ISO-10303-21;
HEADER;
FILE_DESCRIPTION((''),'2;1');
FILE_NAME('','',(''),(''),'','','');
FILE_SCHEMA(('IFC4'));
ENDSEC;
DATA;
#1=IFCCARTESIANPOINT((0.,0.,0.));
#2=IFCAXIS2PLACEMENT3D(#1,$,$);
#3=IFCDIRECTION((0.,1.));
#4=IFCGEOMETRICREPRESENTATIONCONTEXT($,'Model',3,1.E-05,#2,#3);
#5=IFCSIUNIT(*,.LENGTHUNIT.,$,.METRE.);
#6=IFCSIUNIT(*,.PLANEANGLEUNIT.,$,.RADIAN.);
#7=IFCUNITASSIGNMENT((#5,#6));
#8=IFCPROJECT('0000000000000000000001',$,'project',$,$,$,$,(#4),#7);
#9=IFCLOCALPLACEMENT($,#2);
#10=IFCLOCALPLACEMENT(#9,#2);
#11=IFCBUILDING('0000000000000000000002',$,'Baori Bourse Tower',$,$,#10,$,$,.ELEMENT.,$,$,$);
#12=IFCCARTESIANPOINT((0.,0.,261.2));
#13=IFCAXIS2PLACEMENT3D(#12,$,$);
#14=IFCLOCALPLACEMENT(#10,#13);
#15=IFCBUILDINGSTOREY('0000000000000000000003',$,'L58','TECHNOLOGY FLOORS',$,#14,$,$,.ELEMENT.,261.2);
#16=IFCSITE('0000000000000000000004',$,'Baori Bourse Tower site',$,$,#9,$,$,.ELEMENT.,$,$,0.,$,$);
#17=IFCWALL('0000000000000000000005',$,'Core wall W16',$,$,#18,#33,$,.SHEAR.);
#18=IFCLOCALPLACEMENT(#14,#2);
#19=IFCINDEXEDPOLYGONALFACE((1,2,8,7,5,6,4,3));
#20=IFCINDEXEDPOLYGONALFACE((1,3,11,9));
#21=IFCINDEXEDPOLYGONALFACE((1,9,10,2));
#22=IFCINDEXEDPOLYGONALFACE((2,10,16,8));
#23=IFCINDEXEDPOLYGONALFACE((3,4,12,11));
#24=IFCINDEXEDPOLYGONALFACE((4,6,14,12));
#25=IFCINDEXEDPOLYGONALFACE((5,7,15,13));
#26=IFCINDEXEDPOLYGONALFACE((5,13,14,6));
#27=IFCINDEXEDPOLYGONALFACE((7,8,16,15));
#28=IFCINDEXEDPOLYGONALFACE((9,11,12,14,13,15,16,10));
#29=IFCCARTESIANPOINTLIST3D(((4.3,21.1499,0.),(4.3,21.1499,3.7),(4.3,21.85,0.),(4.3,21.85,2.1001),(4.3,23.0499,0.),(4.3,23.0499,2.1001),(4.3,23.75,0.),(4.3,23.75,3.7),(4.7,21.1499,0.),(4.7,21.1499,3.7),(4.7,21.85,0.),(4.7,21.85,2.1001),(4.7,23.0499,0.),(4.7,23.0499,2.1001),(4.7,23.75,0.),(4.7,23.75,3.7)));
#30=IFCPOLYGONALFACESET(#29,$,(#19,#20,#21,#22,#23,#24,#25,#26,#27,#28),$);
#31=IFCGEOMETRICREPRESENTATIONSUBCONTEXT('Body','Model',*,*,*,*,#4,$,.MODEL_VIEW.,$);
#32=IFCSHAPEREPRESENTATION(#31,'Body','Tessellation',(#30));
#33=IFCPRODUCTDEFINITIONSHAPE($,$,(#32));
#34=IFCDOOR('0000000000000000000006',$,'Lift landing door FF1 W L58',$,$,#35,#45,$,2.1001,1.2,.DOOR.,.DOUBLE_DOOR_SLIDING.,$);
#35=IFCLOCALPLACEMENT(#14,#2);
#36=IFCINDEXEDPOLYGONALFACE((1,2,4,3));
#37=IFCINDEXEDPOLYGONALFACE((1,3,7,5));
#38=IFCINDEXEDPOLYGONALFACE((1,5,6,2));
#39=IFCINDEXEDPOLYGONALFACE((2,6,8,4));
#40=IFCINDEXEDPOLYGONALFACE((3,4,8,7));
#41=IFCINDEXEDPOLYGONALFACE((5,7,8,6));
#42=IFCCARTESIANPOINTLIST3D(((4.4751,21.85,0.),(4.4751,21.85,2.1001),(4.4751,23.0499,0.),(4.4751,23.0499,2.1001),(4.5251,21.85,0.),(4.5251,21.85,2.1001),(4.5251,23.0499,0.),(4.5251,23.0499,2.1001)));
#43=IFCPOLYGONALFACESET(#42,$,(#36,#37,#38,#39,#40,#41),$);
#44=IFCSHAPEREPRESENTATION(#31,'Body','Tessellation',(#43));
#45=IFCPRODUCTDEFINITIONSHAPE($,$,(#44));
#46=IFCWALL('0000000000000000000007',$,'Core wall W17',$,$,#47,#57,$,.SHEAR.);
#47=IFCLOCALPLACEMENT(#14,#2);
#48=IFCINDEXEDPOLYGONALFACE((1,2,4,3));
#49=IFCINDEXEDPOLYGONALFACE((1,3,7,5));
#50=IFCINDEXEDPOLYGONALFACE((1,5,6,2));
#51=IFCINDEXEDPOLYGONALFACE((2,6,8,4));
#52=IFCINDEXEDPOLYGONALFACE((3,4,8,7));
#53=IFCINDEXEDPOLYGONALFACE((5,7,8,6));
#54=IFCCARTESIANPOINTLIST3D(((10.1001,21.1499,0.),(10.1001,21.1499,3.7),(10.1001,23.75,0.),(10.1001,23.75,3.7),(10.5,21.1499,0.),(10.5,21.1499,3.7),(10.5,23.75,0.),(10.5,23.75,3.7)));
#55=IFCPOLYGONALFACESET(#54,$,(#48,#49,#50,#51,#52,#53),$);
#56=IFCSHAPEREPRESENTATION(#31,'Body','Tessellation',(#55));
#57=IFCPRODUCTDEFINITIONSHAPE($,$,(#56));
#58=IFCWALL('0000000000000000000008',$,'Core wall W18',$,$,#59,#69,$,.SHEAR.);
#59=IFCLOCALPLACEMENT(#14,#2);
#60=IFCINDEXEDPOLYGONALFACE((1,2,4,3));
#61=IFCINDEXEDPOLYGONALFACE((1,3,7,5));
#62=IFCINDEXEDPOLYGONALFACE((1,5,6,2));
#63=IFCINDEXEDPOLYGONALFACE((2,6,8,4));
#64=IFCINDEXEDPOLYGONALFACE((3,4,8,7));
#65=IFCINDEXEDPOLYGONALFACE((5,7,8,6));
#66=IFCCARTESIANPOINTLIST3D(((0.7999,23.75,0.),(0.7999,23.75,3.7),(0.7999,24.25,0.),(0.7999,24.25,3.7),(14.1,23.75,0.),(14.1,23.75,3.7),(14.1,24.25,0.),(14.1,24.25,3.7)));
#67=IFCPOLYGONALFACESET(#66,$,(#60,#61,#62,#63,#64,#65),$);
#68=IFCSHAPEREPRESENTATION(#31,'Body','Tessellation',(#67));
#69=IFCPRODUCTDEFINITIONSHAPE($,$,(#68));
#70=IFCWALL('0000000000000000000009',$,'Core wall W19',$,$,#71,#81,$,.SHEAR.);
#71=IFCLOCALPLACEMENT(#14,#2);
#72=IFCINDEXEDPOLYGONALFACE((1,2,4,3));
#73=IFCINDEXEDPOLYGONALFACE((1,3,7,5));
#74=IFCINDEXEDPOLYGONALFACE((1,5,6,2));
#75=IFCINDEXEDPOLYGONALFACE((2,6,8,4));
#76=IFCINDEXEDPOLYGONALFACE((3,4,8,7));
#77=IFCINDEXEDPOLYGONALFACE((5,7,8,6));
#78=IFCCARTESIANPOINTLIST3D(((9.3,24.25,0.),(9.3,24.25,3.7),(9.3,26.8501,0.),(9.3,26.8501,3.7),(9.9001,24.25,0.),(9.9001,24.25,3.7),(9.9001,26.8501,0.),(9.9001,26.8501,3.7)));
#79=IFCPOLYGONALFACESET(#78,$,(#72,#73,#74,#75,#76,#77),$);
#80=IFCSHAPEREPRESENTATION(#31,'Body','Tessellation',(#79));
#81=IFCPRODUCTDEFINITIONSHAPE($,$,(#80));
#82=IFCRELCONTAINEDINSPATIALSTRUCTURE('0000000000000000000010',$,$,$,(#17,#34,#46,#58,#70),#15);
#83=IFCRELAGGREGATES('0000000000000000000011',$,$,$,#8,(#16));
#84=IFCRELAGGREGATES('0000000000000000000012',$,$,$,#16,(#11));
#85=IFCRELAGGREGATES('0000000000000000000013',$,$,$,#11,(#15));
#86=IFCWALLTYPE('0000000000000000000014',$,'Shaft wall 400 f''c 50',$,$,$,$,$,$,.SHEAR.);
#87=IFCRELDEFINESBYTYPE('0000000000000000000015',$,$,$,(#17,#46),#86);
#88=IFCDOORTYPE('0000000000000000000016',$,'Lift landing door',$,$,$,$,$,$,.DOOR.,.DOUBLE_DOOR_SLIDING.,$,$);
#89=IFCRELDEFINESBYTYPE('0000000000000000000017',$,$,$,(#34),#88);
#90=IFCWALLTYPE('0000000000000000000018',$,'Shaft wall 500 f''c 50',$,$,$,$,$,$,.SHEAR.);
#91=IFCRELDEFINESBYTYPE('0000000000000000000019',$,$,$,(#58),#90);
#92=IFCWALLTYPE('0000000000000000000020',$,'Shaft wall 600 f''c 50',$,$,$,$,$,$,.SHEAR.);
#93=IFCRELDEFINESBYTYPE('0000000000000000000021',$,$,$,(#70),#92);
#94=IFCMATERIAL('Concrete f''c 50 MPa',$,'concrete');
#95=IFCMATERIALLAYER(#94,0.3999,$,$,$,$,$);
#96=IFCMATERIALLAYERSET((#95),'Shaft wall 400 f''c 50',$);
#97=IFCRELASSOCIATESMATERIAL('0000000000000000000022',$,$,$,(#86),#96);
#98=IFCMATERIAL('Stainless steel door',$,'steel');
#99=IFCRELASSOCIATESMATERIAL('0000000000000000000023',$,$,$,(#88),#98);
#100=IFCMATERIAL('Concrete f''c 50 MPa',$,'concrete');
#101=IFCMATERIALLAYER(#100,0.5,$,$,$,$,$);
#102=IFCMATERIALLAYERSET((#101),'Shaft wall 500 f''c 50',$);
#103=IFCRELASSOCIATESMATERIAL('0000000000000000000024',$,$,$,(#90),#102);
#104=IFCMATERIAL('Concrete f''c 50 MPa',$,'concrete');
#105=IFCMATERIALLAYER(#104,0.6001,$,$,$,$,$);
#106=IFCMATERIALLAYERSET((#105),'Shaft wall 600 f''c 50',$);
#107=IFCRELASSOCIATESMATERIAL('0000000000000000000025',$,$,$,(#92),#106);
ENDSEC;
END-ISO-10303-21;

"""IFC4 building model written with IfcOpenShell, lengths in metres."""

from ifc_helpers import new_model, si_unit, direction, frame, frame_2d, origin, place, context, subcontext, project, spatial, rectangle, extrude, material, layer, layer_set, type_object, element, fill, save


model = new_model("IFC4")

# Units and contexts
model_context = context("Model", 3, precision=1e-05, world=origin(), true_north=direction((0.0, 1.0)))
body_context = subcontext(model_context, "Body", "Model", "MODEL_VIEW")
ifc_project = project(units=[si_unit("LENGTHUNIT", "METRE"), si_unit("PLANEANGLEUNIT", "RADIAN")], contexts=[model_context])

# Site, building, storey
site_placement = place(None, origin())
site = spatial("IfcSite", under=ifc_project, at=site_placement, Name="Baori Bourse Tower site", CompositionType="ELEMENT", RefElevation=0.0)
building_placement = place(site_placement, origin())
building = spatial("IfcBuilding", under=site, at=building_placement, Name="Baori Bourse Tower", CompositionType="ELEMENT")
storey_placement = place(building_placement, frame((0.0, 0.0, 261.2)))
storey = spatial("IfcBuildingStorey", under=building, at=storey_placement, Name="L58", Description="TECHNOLOGY FLOORS", CompositionType="ELEMENT", Elevation=261.2)

# Shared definitions
ifc_material_1 = material(Name="Concrete f'c 50 MPa", Category="concrete")
ifc_layer_1 = layer(ifc_material_1, 0.3999)
ifc_layer_set_1 = layer_set([ifc_layer_1], Name="Shaft wall 400 f'c 50")
wall_type_1 = type_object("IfcWallType", Name="Shaft wall 400 f'c 50", PredefinedType="SHEAR", material=ifc_layer_set_1)

# Wall, opening, door
wall_1_placement = place(storey_placement, frame((4.5, 21.1499, 0.0), z_axis=(0.0, 0.0, 1.0), x_axis=(0.0, 1.0, 0.0)))
wall_1 = element("IfcWall", 1, at=wall_1_placement, inside=storey, type_object=wall_type_1, Name="Core wall W16", PredefinedType="SHEAR", context=body_context, shape_type="SweptSolid", body=[
    extrude(rectangle(XDim=2.6001, YDim=0.3999, at=frame_2d((1.3, 0.0))), origin(), (0.0, 0.0, 1.0), 3.7),
])
opening_1_placement = place(wall_1_placement, frame((0.7, 0.0, 0.0)))
opening_1 = element("IfcOpeningElement", 2, at=opening_1_placement, cuts=wall_1, PredefinedType="OPENING", context=body_context, shape_type="SweptSolid", body=[
    extrude(rectangle(XDim=1.2, YDim=2.1001, at=frame_2d((0.6001, 1.05))), frame((0.0, 0.21, 0.0), z_axis=(0.0, -1.0, 0.0), x_axis=(1.0, 0.0, 0.0)), (0.0, 0.0, 1.0), 0.4199),
])
ifc_material_2 = material(Name="Stainless steel door", Category="steel")
door_type_1 = type_object("IfcDoorType", Name="Lift landing door", OperationType="DOUBLE_DOOR_SLIDING", PredefinedType="DOOR", material=ifc_material_2)
door_1_placement = place(opening_1_placement, origin())
door_1 = element("IfcDoor", 3, at=door_1_placement, inside=storey, type_object=door_type_1, Name="Lift landing door FF1 W L58", OperationType="DOUBLE_DOOR_SLIDING", OverallHeight=2.1001, OverallWidth=1.2, PredefinedType="DOOR", context=body_context, shape_type="SweptSolid", body=[
    extrude(rectangle(XDim=1.2, YDim=2.1001, at=frame_2d((0.6001, 1.05))), frame((0.0, 0.0249, 0.0), z_axis=(0.0, -1.0, 0.0), x_axis=(1.0, 0.0, 0.0)), (0.0, 0.0, 1.0), 0.05),
])
fill(opening_1, door_1)

# Walls
wall_2_placement = place(storey_placement, frame((10.3, 21.1499, 0.0), z_axis=(0.0, 0.0, 1.0), x_axis=(0.0, 1.0, 0.0)))
element("IfcWall", 4, at=wall_2_placement, inside=storey, type_object=wall_type_1, Name="Core wall W17", PredefinedType="SHEAR", context=body_context, shape_type="SweptSolid", body=[
    extrude(rectangle(XDim=2.6001, YDim=0.3999, at=frame_2d((1.3, 0.0))), origin(), (0.0, 0.0, 1.0), 3.7),
])
ifc_material_3 = material(Name="Concrete f'c 50 MPa", Category="concrete")
ifc_layer_2 = layer(ifc_material_3, 0.5)
ifc_layer_set_2 = layer_set([ifc_layer_2], Name="Shaft wall 500 f'c 50")
wall_type_2 = type_object("IfcWallType", Name="Shaft wall 500 f'c 50", PredefinedType="SHEAR", material=ifc_layer_set_2)
wall_3_placement = place(storey_placement, frame((0.8, 24.0, 0.0), z_axis=(0.0, 0.0, 1.0), x_axis=(1.0, 0.0, 0.0)))
element("IfcWall", 5, at=wall_3_placement, inside=storey, type_object=wall_type_2, Name="Core wall W18", PredefinedType="SHEAR", context=body_context, shape_type="SweptSolid", body=[
    extrude(rectangle(XDim=13.3, YDim=0.5, at=frame_2d((6.6499, 0.0))), origin(), (0.0, 0.0, 1.0), 3.7),
])
ifc_material_4 = material(Name="Concrete f'c 50 MPa", Category="concrete")
ifc_layer_3 = layer(ifc_material_4, 0.6001)
ifc_layer_set_3 = layer_set([ifc_layer_3], Name="Shaft wall 600 f'c 50")
wall_type_3 = type_object("IfcWallType", Name="Shaft wall 600 f'c 50", PredefinedType="SHEAR", material=ifc_layer_set_3)
wall_4_placement = place(storey_placement, frame((9.6001, 24.25, 0.0), z_axis=(0.0, 0.0, 1.0), x_axis=(0.0, 1.0, 0.0)))
element("IfcWall", 6, at=wall_4_placement, inside=storey, type_object=wall_type_3, Name="Core wall W19", PredefinedType="SHEAR", context=body_context, shape_type="SweptSolid", body=[
    extrude(rectangle(XDim=2.6001, YDim=0.6001, at=frame_2d((1.3, 0.0))), origin(), (0.0, 0.0, 1.0), 3.7),
])

save(model, "model.ifc")
